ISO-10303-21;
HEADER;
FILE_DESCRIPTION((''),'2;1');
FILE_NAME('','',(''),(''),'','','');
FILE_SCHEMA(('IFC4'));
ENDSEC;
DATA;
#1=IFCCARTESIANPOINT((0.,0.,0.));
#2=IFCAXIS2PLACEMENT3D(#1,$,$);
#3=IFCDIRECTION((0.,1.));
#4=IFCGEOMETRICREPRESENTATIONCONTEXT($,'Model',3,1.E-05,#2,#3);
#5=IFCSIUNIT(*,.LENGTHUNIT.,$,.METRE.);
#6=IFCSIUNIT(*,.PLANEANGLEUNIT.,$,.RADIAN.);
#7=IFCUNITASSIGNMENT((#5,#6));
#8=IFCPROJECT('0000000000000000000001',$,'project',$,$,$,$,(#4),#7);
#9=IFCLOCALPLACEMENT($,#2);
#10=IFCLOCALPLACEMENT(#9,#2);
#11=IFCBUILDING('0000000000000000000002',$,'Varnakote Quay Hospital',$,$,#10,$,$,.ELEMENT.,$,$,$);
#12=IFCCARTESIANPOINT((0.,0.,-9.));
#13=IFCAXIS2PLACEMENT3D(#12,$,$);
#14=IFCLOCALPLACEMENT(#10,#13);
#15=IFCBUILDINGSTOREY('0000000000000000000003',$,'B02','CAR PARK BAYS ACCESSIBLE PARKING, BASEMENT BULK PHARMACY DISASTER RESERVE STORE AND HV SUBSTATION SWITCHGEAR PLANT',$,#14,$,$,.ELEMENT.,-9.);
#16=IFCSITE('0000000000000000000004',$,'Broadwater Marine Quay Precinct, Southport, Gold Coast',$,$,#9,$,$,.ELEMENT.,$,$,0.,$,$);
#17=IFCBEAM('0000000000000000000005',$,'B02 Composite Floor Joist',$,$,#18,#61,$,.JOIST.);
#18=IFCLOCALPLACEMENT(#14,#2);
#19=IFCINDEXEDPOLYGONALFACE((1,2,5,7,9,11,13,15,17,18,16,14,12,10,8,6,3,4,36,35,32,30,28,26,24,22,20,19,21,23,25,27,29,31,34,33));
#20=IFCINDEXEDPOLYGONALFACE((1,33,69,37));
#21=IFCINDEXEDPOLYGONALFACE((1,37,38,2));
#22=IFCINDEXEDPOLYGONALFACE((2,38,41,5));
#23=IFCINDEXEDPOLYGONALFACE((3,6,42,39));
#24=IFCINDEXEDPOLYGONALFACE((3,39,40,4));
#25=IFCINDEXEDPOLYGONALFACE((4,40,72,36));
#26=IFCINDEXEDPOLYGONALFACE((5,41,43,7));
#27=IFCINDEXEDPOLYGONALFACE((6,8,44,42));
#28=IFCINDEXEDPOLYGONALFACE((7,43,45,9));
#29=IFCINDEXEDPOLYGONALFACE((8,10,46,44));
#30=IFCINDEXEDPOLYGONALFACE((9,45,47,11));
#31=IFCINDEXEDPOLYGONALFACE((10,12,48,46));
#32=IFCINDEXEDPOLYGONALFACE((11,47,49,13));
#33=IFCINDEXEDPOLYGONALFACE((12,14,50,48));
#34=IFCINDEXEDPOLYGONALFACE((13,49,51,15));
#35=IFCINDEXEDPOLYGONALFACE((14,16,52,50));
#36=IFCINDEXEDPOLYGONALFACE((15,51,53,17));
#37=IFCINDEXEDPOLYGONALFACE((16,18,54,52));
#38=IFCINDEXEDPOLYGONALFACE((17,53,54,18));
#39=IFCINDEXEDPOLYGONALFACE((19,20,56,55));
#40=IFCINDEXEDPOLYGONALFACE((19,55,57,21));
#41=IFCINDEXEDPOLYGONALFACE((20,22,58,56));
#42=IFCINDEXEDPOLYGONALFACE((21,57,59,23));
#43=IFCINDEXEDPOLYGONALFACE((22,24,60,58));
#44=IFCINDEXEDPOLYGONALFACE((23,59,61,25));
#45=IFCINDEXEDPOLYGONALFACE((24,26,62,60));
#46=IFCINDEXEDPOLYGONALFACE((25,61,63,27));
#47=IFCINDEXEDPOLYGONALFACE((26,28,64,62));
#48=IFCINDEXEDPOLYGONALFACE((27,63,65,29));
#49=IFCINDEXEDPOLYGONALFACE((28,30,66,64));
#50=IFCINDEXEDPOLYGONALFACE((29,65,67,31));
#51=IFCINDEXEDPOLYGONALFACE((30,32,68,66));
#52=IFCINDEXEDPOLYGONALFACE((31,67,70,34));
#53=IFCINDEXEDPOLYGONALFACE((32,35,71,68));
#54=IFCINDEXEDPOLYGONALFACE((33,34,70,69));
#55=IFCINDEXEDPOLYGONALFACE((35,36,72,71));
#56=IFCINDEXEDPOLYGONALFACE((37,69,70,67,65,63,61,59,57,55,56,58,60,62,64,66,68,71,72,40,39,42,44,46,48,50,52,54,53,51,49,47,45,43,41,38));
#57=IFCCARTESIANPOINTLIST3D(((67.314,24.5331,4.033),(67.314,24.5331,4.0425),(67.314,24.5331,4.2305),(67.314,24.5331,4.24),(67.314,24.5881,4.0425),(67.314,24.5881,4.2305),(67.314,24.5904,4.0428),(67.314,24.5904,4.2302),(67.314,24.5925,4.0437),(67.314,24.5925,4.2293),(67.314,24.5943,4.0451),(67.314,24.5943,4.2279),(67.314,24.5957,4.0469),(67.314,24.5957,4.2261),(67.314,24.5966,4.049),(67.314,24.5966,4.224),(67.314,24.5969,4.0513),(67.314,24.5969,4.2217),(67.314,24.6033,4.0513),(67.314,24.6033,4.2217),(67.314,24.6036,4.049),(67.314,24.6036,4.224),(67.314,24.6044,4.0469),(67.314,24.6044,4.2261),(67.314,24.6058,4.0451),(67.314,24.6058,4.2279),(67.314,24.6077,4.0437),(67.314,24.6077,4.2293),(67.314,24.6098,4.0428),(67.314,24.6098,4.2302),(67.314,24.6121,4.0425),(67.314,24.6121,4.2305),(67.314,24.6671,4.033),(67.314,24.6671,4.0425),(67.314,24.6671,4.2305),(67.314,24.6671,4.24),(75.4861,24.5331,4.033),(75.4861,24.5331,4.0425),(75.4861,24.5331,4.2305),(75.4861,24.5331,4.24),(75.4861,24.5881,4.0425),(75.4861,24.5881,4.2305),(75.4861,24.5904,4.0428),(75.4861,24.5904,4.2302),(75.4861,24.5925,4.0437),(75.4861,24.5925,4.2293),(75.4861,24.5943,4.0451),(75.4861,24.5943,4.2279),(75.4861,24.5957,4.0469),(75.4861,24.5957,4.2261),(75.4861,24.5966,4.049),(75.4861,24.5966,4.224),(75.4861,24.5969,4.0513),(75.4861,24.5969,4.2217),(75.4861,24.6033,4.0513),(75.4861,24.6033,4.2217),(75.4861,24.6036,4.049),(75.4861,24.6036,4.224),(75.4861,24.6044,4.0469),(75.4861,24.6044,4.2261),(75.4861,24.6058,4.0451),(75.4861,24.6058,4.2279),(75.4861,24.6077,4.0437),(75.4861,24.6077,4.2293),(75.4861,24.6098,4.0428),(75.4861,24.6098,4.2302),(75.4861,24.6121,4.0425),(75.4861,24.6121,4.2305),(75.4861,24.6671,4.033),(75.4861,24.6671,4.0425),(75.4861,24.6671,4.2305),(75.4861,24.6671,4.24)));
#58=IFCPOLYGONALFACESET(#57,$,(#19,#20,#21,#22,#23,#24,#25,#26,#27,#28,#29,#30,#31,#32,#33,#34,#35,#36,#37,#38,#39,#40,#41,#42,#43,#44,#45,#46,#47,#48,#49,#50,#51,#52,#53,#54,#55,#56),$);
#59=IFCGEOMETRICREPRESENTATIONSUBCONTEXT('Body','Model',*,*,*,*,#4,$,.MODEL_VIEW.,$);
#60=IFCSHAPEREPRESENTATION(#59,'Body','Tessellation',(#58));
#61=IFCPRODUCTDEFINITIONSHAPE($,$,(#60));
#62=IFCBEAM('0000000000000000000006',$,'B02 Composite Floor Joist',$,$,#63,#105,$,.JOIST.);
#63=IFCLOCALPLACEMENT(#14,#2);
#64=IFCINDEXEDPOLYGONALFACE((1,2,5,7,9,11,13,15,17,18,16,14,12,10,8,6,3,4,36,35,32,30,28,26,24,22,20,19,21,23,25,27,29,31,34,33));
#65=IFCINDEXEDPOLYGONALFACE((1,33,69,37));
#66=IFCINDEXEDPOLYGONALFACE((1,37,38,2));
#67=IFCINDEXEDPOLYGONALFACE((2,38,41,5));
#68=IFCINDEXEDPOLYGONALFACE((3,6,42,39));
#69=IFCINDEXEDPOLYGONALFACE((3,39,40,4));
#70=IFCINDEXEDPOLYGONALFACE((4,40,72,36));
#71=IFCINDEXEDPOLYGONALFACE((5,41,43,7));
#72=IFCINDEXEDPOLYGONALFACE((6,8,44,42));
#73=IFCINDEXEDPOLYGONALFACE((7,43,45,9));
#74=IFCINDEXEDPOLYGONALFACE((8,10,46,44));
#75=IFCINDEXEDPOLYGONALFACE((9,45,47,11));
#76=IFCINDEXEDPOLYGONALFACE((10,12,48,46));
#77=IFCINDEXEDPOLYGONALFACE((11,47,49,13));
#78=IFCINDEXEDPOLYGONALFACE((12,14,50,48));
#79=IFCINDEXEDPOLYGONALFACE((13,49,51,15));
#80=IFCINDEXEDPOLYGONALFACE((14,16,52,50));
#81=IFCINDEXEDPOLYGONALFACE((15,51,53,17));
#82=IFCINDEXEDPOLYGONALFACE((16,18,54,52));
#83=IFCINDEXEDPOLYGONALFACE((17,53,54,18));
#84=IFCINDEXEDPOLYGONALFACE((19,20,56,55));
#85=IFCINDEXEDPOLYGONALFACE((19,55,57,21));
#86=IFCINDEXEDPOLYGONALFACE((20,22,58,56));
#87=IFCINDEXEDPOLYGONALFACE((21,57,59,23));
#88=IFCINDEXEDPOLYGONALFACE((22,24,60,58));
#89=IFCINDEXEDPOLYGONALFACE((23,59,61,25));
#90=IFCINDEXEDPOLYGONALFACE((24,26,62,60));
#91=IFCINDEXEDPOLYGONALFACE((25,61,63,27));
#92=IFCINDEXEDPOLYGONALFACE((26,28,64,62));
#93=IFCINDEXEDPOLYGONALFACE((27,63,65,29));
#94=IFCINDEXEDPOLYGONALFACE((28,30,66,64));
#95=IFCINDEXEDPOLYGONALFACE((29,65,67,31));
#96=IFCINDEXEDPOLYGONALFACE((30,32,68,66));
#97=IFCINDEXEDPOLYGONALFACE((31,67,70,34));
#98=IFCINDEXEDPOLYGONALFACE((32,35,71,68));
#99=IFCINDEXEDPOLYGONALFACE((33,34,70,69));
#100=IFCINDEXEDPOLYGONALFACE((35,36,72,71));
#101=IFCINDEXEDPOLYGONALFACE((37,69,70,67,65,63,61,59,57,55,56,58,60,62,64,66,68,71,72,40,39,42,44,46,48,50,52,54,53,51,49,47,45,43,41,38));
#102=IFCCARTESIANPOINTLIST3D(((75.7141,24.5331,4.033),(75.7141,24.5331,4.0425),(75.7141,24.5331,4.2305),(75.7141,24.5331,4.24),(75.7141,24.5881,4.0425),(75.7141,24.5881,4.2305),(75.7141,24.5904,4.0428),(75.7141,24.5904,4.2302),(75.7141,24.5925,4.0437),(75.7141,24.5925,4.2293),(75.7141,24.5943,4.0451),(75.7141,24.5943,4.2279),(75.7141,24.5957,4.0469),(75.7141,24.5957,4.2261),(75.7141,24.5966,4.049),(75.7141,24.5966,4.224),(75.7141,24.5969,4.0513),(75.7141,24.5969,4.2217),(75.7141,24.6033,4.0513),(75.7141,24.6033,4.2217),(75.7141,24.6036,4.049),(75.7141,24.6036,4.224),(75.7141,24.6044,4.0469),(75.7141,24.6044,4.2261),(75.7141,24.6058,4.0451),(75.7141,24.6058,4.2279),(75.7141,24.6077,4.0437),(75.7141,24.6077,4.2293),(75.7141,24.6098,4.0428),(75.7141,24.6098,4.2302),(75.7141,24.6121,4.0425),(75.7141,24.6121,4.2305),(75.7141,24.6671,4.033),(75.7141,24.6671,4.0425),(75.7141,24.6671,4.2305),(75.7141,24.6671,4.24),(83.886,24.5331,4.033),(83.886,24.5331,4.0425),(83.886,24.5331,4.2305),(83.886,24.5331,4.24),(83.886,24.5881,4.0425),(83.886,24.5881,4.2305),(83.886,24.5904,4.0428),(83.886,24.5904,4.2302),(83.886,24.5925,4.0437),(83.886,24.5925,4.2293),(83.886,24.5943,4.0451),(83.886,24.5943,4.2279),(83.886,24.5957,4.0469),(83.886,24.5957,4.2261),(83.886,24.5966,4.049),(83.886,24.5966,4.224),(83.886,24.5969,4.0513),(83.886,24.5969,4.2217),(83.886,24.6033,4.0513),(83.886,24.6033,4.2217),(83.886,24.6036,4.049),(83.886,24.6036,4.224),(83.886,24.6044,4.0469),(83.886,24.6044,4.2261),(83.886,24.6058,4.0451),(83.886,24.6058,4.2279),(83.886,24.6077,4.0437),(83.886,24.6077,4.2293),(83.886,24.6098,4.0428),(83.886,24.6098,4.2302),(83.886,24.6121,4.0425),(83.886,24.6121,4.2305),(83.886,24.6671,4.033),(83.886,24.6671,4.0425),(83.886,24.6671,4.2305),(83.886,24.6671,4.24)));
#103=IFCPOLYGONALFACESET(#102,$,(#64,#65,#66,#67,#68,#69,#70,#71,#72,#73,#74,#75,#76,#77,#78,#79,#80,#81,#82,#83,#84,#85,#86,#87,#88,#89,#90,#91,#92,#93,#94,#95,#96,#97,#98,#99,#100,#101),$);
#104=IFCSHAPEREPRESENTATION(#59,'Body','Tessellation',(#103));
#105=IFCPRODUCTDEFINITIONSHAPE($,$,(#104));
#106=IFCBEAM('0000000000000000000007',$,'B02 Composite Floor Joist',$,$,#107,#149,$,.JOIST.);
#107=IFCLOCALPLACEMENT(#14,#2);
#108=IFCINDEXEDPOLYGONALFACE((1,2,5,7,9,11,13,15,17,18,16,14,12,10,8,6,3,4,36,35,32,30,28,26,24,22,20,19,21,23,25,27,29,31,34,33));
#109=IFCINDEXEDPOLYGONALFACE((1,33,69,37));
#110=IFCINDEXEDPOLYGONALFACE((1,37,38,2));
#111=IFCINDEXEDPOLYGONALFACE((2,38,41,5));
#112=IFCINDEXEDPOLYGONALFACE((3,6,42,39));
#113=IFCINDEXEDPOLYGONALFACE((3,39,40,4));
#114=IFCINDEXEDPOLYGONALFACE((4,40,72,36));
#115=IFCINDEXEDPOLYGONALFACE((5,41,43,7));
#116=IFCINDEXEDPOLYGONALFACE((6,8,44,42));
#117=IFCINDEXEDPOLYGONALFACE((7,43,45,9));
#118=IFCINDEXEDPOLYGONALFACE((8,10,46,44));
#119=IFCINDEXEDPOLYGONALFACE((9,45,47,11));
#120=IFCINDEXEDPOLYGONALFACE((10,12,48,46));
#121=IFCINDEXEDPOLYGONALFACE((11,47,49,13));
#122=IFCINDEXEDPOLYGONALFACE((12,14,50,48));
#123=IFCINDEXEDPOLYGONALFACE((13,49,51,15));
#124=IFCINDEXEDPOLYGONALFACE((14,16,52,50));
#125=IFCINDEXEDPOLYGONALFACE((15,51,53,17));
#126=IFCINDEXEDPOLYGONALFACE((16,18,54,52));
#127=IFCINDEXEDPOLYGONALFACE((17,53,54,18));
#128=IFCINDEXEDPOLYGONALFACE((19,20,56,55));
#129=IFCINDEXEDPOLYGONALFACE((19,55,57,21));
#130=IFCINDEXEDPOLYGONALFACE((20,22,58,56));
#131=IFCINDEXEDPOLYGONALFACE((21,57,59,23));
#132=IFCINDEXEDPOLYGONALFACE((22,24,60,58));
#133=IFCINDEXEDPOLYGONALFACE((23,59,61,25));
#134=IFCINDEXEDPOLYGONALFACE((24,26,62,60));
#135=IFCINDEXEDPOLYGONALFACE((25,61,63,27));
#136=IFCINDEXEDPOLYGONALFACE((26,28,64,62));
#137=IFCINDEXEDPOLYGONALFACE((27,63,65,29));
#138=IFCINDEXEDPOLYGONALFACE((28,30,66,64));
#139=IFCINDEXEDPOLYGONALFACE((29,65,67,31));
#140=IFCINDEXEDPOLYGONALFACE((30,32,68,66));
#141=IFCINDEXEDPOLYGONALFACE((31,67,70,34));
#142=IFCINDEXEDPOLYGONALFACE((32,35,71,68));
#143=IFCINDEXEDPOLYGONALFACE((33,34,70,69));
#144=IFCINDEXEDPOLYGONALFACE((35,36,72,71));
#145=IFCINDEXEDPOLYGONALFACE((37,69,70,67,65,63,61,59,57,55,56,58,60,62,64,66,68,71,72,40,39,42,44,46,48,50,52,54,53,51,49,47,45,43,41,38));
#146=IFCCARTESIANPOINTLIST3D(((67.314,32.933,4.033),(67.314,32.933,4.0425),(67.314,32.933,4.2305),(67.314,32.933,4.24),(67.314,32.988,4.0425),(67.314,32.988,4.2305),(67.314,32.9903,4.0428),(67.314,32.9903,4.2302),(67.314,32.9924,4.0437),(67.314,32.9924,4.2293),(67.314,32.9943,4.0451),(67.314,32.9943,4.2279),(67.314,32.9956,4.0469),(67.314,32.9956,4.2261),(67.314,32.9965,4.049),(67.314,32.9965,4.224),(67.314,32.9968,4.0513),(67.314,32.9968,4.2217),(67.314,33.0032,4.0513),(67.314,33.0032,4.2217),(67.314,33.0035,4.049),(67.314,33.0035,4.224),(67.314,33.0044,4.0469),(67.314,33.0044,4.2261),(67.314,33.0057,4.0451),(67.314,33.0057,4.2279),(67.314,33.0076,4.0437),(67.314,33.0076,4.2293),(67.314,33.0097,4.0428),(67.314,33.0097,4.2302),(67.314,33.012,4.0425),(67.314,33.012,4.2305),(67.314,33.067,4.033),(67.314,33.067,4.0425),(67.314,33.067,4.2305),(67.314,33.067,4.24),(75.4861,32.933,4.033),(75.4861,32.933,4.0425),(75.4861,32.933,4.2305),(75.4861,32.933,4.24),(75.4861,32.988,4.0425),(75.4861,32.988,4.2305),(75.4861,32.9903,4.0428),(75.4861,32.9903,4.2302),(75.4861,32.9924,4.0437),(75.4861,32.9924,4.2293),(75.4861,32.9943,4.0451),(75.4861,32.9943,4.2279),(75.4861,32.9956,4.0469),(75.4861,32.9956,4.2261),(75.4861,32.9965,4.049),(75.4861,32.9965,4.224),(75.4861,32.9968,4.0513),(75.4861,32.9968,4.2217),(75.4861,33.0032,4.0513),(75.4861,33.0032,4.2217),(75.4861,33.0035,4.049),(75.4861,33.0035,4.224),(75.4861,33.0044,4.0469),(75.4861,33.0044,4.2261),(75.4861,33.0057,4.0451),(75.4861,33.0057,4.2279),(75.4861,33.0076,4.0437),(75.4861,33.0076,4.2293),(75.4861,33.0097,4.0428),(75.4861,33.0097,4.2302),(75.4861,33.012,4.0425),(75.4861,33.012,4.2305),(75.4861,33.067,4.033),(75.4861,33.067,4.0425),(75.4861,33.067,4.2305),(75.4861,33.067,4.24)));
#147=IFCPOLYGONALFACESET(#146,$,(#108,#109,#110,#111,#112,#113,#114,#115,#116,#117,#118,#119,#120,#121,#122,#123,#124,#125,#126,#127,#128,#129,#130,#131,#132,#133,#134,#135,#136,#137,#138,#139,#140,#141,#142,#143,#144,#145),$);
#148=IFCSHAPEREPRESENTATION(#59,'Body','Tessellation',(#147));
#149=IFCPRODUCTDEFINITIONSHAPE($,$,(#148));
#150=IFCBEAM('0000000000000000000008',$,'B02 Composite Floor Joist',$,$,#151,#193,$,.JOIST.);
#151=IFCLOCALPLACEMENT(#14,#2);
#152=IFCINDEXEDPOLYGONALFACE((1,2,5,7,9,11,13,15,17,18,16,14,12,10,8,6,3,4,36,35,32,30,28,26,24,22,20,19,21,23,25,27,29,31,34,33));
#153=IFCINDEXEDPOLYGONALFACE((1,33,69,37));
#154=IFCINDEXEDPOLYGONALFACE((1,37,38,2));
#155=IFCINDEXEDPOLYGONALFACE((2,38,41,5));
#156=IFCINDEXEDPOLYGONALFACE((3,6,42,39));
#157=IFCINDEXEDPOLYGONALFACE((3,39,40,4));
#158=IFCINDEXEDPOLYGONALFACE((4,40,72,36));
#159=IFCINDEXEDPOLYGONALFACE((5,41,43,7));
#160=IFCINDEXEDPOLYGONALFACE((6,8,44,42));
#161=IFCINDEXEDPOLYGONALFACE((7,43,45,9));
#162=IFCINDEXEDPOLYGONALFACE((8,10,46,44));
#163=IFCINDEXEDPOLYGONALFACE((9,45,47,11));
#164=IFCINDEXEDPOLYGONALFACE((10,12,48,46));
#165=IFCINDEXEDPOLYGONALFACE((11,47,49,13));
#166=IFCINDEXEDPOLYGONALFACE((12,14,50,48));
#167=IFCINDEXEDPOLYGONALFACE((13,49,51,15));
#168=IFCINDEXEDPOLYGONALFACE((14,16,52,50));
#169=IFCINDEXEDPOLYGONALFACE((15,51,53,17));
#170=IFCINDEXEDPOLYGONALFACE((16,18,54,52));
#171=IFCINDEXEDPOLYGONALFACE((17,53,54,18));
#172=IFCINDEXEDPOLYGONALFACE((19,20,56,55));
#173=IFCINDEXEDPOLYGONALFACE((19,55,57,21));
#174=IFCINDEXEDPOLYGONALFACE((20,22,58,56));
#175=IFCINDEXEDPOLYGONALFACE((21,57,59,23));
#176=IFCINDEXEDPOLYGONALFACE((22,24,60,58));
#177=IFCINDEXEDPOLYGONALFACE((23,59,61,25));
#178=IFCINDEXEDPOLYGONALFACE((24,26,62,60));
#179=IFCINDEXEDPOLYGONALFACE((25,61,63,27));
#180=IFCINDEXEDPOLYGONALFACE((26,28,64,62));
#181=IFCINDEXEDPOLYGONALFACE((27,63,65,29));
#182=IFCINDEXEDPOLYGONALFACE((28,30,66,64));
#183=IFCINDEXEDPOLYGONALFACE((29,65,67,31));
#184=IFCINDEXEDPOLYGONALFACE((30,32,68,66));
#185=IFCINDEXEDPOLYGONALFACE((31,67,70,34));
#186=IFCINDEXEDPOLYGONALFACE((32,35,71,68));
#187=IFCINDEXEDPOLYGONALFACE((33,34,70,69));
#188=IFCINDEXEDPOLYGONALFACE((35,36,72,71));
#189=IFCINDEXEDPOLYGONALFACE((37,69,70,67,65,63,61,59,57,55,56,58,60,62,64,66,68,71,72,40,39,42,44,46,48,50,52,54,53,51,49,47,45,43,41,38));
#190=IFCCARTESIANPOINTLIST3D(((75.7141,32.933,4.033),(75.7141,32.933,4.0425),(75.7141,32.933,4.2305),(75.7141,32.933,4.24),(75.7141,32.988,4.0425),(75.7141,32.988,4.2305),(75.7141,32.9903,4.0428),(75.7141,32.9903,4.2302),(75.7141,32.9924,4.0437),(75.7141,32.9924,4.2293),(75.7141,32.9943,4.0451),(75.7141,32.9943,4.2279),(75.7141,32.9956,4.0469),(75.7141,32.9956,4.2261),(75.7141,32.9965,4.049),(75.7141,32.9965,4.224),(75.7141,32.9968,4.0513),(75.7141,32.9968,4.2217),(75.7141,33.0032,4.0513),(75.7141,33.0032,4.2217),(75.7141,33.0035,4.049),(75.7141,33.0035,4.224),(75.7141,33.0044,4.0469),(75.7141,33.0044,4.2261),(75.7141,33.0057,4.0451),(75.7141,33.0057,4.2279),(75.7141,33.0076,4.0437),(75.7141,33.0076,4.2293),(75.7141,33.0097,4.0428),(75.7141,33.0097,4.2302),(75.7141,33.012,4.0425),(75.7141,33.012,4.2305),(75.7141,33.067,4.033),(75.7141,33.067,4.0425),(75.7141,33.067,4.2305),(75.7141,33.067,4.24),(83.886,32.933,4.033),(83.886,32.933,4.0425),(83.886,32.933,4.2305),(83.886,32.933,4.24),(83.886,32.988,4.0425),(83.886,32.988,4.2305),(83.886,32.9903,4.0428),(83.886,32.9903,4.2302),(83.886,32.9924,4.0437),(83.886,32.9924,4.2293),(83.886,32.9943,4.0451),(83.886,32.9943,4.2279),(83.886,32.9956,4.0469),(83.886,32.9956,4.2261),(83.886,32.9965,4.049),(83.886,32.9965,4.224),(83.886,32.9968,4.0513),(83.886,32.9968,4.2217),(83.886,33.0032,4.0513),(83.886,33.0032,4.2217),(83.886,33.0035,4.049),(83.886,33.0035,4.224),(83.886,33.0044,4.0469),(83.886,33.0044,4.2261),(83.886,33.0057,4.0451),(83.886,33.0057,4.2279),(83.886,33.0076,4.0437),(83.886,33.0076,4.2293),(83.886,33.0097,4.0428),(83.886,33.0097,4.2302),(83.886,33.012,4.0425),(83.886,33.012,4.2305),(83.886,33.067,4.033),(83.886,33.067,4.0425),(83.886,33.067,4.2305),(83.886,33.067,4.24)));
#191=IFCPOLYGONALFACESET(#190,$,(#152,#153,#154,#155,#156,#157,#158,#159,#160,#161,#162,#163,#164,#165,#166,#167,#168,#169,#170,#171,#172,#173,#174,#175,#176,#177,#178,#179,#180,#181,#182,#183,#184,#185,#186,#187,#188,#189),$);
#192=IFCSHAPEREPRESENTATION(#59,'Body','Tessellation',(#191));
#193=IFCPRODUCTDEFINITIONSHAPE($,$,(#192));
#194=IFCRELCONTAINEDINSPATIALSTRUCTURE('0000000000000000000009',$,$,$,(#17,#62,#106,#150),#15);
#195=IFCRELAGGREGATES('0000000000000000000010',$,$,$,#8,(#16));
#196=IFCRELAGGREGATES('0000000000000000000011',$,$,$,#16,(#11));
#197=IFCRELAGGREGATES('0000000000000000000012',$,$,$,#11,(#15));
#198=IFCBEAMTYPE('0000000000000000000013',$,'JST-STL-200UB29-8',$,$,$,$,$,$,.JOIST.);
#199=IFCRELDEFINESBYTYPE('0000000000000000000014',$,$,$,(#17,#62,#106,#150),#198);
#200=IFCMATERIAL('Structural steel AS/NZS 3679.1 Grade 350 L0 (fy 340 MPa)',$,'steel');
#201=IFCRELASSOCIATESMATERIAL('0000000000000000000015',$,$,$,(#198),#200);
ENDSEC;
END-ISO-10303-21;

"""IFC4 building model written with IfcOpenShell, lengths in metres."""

from ifc_helpers import new_model, si_unit, direction, frame, origin, origin_2d, place, context, subcontext, project, spatial, i_section, extrude, material, material_profile, profile_set, type_object, element, save


model = new_model("IFC4")

# Units and contexts
model_context = context("Model", 3, precision=1e-05, world=origin(), true_north=direction((0.0, 1.0)))
body_context = subcontext(model_context, "Body", "Model", "MODEL_VIEW")
ifc_project = project(units=[si_unit("LENGTHUNIT", "METRE"), si_unit("PLANEANGLEUNIT", "RADIAN")], contexts=[model_context])

# Site, building, storey
site_placement = place(None, origin())
site = spatial("IfcSite", under=ifc_project, at=site_placement, Name="Broadwater Marine Quay Precinct, Southport, Gold Coast", CompositionType="ELEMENT", RefElevation=0.0)
building_placement = place(site_placement, origin())
building = spatial("IfcBuilding", under=site, at=building_placement, Name="Varnakote Quay Hospital", CompositionType="ELEMENT")
storey_placement = place(building_placement, frame((0.0, 0.0, -9.0)))
storey = spatial("IfcBuildingStorey", under=building, at=storey_placement, Name="B02", Description="CAR PARK BAYS ACCESSIBLE PARKING, BASEMENT BULK PHARMACY DISASTER RESERVE STORE AND HV SUBSTATION SWITCHGEAR PLANT", CompositionType="ELEMENT", Elevation=-9.0)

# Beams
ifc_material_1 = material(Name="Structural steel AS/NZS 3679.1 Grade 350 L0 (fy 340 MPa)", Category="steel")
ifc_material_profile_1 = material_profile(ifc_material_1, i_section(OverallWidth=0.134, OverallDepth=0.207, WebThickness=0.0063, FlangeThickness=0.0095, FilletRadius=0.0088, at=origin_2d()), Name="200UB29.8")
ifc_profile_set_1 = profile_set([ifc_material_profile_1], Name="Structural steel AS/NZS 3679.1 Grade 350 L0 (fy 340 MPa)")
beam_type_1 = type_object("IfcBeamType", Name="JST-STL-200UB29-8", PredefinedType="JOIST", material=ifc_profile_set_1)
beam_1_placement = place(storey_placement, frame((67.314, 24.6001, 4.1365), z_axis=(1.0, 0.0, 0.0), x_axis=(0.0, 1.0, 0.0)))
element("IfcBeam", 1, at=beam_1_placement, inside=storey, type_object=beam_type_1, Name="B02 Composite Floor Joist", PredefinedType="JOIST", context=body_context, shape_type="SweptSolid", body=[
    extrude(i_section(OverallWidth=0.134, OverallDepth=0.207, WebThickness=0.0063, FlangeThickness=0.0095, FilletRadius=0.0088, at=origin_2d()), origin(), (0.0, 0.0, 1.0), 8.1721),
])
beam_2_placement = place(storey_placement, frame((75.7141, 24.6001, 4.1365), z_axis=(1.0, 0.0, 0.0), x_axis=(0.0, 1.0, 0.0)))
element("IfcBeam", 2, at=beam_2_placement, inside=storey, type_object=beam_type_1, Name="B02 Composite Floor Joist", PredefinedType="JOIST", context=body_context, shape_type="SweptSolid", body=[
    extrude(i_section(OverallWidth=0.134, OverallDepth=0.207, WebThickness=0.0063, FlangeThickness=0.0095, FilletRadius=0.0088, at=origin_2d()), origin(), (0.0, 0.0, 1.0), 8.1719),
])
beam_3_placement = place(storey_placement, frame((67.314, 33.0, 4.1365), z_axis=(1.0, 0.0, 0.0), x_axis=(0.0, 1.0, 0.0)))
element("IfcBeam", 3, at=beam_3_placement, inside=storey, type_object=beam_type_1, Name="B02 Composite Floor Joist", PredefinedType="JOIST", context=body_context, shape_type="SweptSolid", body=[
    extrude(i_section(OverallWidth=0.134, OverallDepth=0.207, WebThickness=0.0063, FlangeThickness=0.0095, FilletRadius=0.0088, at=origin_2d()), origin(), (0.0, 0.0, 1.0), 8.1721),
])
beam_4_placement = place(storey_placement, frame((75.7141, 33.0, 4.1365), z_axis=(1.0, 0.0, 0.0), x_axis=(0.0, 1.0, 0.0)))
element("IfcBeam", 4, at=beam_4_placement, inside=storey, type_object=beam_type_1, Name="B02 Composite Floor Joist", PredefinedType="JOIST", context=body_context, shape_type="SweptSolid", body=[
    extrude(i_section(OverallWidth=0.134, OverallDepth=0.207, WebThickness=0.0063, FlangeThickness=0.0095, FilletRadius=0.0088, at=origin_2d()), origin(), (0.0, 0.0, 1.0), 8.1719),
])

save(model, "model.ifc")
